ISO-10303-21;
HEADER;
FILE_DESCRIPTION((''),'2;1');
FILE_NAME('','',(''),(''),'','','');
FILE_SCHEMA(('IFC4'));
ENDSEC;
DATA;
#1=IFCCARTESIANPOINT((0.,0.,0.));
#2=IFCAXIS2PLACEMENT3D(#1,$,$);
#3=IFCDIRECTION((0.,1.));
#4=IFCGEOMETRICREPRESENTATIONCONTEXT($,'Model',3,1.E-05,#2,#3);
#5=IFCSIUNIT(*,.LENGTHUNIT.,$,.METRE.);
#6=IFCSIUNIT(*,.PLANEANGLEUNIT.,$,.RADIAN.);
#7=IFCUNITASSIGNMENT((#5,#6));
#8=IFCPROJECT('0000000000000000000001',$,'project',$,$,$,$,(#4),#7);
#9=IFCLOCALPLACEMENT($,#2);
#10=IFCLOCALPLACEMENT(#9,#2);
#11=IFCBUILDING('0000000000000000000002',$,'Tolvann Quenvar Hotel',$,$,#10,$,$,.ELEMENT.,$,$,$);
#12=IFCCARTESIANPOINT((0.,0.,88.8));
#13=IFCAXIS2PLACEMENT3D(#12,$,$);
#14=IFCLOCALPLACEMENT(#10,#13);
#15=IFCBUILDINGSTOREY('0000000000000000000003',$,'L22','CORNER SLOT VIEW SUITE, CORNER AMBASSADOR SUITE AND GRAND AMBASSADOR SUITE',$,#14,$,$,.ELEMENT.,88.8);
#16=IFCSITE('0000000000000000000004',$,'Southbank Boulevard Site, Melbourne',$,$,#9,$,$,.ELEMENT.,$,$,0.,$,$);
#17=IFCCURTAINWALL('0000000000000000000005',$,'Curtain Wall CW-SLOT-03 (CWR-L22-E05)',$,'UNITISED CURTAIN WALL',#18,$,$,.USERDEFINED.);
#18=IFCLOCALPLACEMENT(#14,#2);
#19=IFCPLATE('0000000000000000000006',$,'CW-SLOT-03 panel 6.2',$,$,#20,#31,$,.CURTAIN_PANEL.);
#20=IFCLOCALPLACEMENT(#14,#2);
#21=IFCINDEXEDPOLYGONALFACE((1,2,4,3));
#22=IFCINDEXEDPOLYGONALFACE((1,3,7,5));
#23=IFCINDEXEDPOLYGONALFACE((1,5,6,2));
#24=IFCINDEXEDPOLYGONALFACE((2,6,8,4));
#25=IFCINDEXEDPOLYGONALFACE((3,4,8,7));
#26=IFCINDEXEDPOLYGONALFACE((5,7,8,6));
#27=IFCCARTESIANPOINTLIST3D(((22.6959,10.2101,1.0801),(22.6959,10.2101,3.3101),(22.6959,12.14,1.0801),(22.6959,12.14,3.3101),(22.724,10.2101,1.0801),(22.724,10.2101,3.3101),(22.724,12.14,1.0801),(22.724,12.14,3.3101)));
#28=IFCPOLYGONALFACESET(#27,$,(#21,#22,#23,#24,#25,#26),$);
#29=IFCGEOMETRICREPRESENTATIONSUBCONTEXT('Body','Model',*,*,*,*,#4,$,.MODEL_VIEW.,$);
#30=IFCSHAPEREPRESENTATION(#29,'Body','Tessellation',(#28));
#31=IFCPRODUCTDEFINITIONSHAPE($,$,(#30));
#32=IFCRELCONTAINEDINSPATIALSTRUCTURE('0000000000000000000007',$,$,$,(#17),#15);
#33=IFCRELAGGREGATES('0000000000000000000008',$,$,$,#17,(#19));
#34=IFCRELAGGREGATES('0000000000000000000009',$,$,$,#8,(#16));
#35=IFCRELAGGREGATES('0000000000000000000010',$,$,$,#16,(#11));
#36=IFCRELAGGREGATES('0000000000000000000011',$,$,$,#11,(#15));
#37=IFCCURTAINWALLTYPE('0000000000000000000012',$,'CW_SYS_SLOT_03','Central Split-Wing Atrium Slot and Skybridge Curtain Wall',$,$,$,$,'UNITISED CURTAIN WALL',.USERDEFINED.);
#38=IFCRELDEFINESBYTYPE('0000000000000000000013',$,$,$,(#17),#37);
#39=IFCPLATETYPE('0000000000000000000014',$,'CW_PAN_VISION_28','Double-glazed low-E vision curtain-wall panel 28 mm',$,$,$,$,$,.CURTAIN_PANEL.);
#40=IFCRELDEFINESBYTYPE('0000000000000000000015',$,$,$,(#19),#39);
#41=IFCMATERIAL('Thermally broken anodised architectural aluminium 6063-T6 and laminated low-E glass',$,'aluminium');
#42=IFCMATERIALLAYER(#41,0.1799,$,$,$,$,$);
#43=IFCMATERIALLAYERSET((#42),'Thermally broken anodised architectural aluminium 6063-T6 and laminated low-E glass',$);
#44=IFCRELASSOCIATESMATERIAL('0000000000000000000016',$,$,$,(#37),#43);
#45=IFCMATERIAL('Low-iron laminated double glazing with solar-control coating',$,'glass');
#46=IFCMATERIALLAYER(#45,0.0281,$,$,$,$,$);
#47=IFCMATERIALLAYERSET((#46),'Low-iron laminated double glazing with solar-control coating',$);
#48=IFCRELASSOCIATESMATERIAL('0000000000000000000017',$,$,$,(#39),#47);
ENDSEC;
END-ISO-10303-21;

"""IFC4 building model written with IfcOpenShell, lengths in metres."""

from ifc_helpers import new_model, si_unit, direction, frame, origin, origin_2d, place, context, subcontext, project, spatial, rectangle, extrude, source, transform, mapped, material, layer, layer_set, type_object, element, aggregate, save


model = new_model("IFC4")

# Units and contexts
model_context = context("Model", 3, precision=1e-05, world=origin(), true_north=direction((0.0, 1.0)))
body_context = subcontext(model_context, "Body", "Model", "MODEL_VIEW")
ifc_project = project(units=[si_unit("LENGTHUNIT", "METRE"), si_unit("PLANEANGLEUNIT", "RADIAN")], contexts=[model_context])

# Site, building, storey
site_placement = place(None, origin())
site = spatial("IfcSite", under=ifc_project, at=site_placement, Name="Southbank Boulevard Site, Melbourne", CompositionType="ELEMENT", RefElevation=0.0)
building_placement = place(site_placement, origin())
building = spatial("IfcBuilding", under=site, at=building_placement, Name="Tolvann Quenvar Hotel", CompositionType="ELEMENT")
storey_placement = place(building_placement, frame((0.0, 0.0, 88.8)))
storey = spatial("IfcBuildingStorey", under=building, at=storey_placement, Name="L22", Description="CORNER SLOT VIEW SUITE, CORNER AMBASSADOR SUITE AND GRAND AMBASSADOR SUITE", CompositionType="ELEMENT", Elevation=88.8)

# Curtain wall, plate
ifc_material_1 = material(Name="Thermally broken anodised architectural aluminium 6063-T6 and laminated low-E glass", Category="aluminium")
ifc_layer_1 = layer(ifc_material_1, 0.1799)
ifc_layer_set_1 = layer_set([ifc_layer_1], Name="Thermally broken anodised architectural aluminium 6063-T6 and laminated low-E glass")
curtain_wall_type = type_object("IfcCurtainWallType", Name="CW_SYS_SLOT_03", Description="Central Split-Wing Atrium Slot and Skybridge Curtain Wall", ElementType="UNITISED CURTAIN WALL", PredefinedType="USERDEFINED", material=ifc_layer_set_1)
curtain_wall_placement = place(storey_placement, origin())
curtain_wall = element("IfcCurtainWall", 1, at=curtain_wall_placement, inside=storey, type_object=curtain_wall_type, Name="Curtain Wall CW-SLOT-03 (CWR-L22-E05)", ObjectType="UNITISED CURTAIN WALL", PredefinedType="USERDEFINED")
ifc_material_2 = material(Name="Low-iron laminated double glazing with solar-control coating", Category="glass")
ifc_layer_2 = layer(ifc_material_2, 0.0281)
ifc_layer_set_2 = layer_set([ifc_layer_2], Name="Low-iron laminated double glazing with solar-control coating")
plate_type = type_object("IfcPlateType", Name="CW_PAN_VISION_28", Description="Double-glazed low-E vision curtain-wall panel 28 mm", PredefinedType="CURTAIN_PANEL", material=ifc_layer_set_2)
shared_shape_1 = source(origin(), body_context, "Body", "SweptSolid", [
    extrude(rectangle(XDim=1.9299, YDim=0.0281, at=origin_2d()), origin(), (0.0, 0.0, 1.0), 2.23),
])
plate_1_placement = place(storey_placement, frame((22.71, 11.175, 1.0801), z_axis=(0.0, 0.0, 1.0), x_axis=(0.0, 1.0, 0.0)))
plate_1 = element("IfcPlate", 2, at=plate_1_placement, type_object=plate_type, Name="CW-SLOT-03 panel 6.2", PredefinedType="CURTAIN_PANEL", context=body_context, shape_type="MappedRepresentation", body=[
    mapped(shared_shape_1, transform((0.0, 0.0, 0.0), x_axis=(1.0, 0.0, 0.0), y_axis=(0.0, 1.0, 0.0), z_axis=(0.0, 0.0, 1.0), scale=1.0)),
])
aggregate(curtain_wall, [plate_1])

save(model, "model.ifc")
